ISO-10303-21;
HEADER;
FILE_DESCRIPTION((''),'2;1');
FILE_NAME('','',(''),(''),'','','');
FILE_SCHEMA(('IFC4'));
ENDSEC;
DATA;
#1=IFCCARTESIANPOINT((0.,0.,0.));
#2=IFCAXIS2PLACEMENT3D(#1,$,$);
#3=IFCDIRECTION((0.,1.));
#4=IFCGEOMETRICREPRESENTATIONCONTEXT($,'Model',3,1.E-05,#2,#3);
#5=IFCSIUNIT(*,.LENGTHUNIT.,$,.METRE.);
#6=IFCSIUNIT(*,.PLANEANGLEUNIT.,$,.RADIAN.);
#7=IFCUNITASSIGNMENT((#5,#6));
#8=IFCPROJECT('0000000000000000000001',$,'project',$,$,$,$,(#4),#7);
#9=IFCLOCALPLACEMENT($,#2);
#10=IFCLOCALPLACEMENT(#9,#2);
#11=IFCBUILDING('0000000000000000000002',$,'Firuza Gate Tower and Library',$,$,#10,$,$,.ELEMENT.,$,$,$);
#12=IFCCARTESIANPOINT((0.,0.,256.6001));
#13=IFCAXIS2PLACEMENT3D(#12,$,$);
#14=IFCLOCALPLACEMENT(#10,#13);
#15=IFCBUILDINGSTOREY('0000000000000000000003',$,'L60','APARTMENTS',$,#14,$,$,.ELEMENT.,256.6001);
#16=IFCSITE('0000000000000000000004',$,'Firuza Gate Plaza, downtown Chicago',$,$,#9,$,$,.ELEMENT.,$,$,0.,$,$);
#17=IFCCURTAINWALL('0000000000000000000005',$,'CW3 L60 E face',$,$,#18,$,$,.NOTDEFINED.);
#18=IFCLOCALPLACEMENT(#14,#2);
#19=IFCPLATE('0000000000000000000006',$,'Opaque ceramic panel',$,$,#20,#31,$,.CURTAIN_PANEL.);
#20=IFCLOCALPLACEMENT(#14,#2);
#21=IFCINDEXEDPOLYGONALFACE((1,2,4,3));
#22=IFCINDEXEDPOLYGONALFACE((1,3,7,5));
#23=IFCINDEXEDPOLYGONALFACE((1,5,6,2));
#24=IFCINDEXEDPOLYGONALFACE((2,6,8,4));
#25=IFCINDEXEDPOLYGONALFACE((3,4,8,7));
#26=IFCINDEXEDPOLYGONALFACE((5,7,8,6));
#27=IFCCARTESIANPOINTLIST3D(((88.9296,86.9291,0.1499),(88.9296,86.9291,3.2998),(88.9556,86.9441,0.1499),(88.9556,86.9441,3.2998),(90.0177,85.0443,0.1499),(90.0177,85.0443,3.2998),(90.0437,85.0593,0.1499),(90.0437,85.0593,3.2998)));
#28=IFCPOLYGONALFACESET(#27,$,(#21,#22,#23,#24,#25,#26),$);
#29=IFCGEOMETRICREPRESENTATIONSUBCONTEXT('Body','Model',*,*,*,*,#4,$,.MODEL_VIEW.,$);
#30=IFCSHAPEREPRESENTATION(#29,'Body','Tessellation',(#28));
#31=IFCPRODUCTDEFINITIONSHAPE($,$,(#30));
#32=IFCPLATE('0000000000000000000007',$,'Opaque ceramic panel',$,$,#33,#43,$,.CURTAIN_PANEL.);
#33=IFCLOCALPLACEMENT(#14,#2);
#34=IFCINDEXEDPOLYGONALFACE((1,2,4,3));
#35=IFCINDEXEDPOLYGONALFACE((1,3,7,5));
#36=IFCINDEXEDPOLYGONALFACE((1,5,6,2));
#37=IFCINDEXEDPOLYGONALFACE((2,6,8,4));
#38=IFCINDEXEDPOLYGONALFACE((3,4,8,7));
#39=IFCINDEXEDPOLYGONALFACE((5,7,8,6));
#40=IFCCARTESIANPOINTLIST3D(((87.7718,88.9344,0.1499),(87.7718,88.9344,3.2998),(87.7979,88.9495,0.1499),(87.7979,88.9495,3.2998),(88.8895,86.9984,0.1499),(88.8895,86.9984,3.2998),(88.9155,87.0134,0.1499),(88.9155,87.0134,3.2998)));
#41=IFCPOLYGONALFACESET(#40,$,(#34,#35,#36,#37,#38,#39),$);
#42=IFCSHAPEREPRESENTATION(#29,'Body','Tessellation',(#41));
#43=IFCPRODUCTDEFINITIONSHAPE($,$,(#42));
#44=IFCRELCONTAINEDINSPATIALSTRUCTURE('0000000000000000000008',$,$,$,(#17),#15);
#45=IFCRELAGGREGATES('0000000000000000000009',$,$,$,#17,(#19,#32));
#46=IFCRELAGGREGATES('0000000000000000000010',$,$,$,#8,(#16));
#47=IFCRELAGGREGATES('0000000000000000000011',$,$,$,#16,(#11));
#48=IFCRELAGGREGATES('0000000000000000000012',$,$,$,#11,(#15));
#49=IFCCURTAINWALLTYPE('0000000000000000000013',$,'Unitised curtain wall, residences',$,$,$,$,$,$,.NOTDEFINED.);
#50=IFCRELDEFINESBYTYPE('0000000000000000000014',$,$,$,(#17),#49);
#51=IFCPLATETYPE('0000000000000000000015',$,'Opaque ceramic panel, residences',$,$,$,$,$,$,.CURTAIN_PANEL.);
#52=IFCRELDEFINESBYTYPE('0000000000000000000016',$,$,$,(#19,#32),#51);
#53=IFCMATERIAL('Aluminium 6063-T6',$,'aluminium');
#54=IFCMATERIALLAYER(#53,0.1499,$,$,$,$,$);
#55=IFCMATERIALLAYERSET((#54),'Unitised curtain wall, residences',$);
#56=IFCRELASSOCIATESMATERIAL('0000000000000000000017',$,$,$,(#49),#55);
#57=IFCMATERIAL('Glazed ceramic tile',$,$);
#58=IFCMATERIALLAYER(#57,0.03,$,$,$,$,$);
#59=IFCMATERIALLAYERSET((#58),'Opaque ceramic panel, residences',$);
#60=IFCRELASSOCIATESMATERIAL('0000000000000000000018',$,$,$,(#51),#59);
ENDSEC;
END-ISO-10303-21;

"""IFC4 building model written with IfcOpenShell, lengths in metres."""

from ifc_helpers import new_model, si_unit, direction, frame, origin, place, context, subcontext, project, spatial, polyline, outline, extrude, material, layer, layer_set, type_object, element, aggregate, save


model = new_model("IFC4")

# Units and contexts
model_context = context("Model", 3, precision=1e-05, world=origin(), true_north=direction((0.0, 1.0)))
body_context = subcontext(model_context, "Body", "Model", "MODEL_VIEW")
ifc_project = project(units=[si_unit("LENGTHUNIT", "METRE"), si_unit("PLANEANGLEUNIT", "RADIAN")], contexts=[model_context])

# Site, building, storey
site_placement = place(None, origin())
site = spatial("IfcSite", under=ifc_project, at=site_placement, Name="Firuza Gate Plaza, downtown Chicago", CompositionType="ELEMENT", RefElevation=0.0)
building_placement = place(site_placement, origin())
building = spatial("IfcBuilding", under=site, at=building_placement, Name="Firuza Gate Tower and Library", CompositionType="ELEMENT")
storey_placement = place(building_placement, frame((0.0, 0.0, 256.6001)))
storey = spatial("IfcBuildingStorey", under=building, at=storey_placement, Name="L60", Description="APARTMENTS", CompositionType="ELEMENT", Elevation=256.6001)

# Curtain wall
ifc_material_1 = material(Name="Aluminium 6063-T6", Category="aluminium")
ifc_layer_1 = layer(ifc_material_1, 0.1499)
ifc_layer_set_1 = layer_set([ifc_layer_1], Name="Unitised curtain wall, residences")
curtain_wall_type = type_object("IfcCurtainWallType", Name="Unitised curtain wall, residences", PredefinedType="NOTDEFINED", material=ifc_layer_set_1)
curtain_wall_placement = place(storey_placement, origin())
curtain_wall = element("IfcCurtainWall", 1, at=curtain_wall_placement, inside=storey, type_object=curtain_wall_type, Name="CW3 L60 E face", PredefinedType="NOTDEFINED")

# Plates
ifc_material_2 = material(Name="Glazed ceramic tile")
ifc_layer_2 = layer(ifc_material_2, 0.03)
ifc_layer_set_2 = layer_set([ifc_layer_2], Name="Opaque ceramic panel, residences")
plate_type_1 = type_object("IfcPlateType", Name="Opaque ceramic panel, residences", PredefinedType="CURTAIN_PANEL", material=ifc_layer_set_2)
plate_1_placement = place(storey_placement, frame((90.0437, 85.0593, 0.1499), z_axis=(0.866032, 0.499988, 0.0), x_axis=(-0.499988, 0.866032, 0.0)))
plate_1 = element("IfcPlate", 2, at=plate_1_placement, type_object=plate_type_1, Name="Opaque ceramic panel", PredefinedType="CURTAIN_PANEL", context=body_context, shape_type="SweptSolid", body=[
    extrude(outline(polyline([(0.0, 0.0), (2.1763, 0.0), (2.1763, 3.1499), (0.0, 3.1499), (0.0, 0.0)])), origin(), (0.0, 0.0, -1.0), 0.03),
])
plate_2_placement = place(storey_placement, frame((88.9155, 87.0134, 0.1499), z_axis=(0.866044, 0.499968, 0.0), x_axis=(-0.499968, 0.866044, 0.0)))
plate_2 = element("IfcPlate", 3, at=plate_2_placement, type_object=plate_type_1, Name="Opaque ceramic panel", PredefinedType="CURTAIN_PANEL", context=body_context, shape_type="SweptSolid", body=[
    extrude(outline(polyline([(0.0, 0.0), (2.2355, 0.0), (2.2355, 3.1499), (0.0, 3.1499), (0.0, 0.0)])), origin(), (0.0, 0.0, -1.0), 0.03),
])
aggregate(curtain_wall, [plate_1, plate_2])

save(model, "model.ifc")
